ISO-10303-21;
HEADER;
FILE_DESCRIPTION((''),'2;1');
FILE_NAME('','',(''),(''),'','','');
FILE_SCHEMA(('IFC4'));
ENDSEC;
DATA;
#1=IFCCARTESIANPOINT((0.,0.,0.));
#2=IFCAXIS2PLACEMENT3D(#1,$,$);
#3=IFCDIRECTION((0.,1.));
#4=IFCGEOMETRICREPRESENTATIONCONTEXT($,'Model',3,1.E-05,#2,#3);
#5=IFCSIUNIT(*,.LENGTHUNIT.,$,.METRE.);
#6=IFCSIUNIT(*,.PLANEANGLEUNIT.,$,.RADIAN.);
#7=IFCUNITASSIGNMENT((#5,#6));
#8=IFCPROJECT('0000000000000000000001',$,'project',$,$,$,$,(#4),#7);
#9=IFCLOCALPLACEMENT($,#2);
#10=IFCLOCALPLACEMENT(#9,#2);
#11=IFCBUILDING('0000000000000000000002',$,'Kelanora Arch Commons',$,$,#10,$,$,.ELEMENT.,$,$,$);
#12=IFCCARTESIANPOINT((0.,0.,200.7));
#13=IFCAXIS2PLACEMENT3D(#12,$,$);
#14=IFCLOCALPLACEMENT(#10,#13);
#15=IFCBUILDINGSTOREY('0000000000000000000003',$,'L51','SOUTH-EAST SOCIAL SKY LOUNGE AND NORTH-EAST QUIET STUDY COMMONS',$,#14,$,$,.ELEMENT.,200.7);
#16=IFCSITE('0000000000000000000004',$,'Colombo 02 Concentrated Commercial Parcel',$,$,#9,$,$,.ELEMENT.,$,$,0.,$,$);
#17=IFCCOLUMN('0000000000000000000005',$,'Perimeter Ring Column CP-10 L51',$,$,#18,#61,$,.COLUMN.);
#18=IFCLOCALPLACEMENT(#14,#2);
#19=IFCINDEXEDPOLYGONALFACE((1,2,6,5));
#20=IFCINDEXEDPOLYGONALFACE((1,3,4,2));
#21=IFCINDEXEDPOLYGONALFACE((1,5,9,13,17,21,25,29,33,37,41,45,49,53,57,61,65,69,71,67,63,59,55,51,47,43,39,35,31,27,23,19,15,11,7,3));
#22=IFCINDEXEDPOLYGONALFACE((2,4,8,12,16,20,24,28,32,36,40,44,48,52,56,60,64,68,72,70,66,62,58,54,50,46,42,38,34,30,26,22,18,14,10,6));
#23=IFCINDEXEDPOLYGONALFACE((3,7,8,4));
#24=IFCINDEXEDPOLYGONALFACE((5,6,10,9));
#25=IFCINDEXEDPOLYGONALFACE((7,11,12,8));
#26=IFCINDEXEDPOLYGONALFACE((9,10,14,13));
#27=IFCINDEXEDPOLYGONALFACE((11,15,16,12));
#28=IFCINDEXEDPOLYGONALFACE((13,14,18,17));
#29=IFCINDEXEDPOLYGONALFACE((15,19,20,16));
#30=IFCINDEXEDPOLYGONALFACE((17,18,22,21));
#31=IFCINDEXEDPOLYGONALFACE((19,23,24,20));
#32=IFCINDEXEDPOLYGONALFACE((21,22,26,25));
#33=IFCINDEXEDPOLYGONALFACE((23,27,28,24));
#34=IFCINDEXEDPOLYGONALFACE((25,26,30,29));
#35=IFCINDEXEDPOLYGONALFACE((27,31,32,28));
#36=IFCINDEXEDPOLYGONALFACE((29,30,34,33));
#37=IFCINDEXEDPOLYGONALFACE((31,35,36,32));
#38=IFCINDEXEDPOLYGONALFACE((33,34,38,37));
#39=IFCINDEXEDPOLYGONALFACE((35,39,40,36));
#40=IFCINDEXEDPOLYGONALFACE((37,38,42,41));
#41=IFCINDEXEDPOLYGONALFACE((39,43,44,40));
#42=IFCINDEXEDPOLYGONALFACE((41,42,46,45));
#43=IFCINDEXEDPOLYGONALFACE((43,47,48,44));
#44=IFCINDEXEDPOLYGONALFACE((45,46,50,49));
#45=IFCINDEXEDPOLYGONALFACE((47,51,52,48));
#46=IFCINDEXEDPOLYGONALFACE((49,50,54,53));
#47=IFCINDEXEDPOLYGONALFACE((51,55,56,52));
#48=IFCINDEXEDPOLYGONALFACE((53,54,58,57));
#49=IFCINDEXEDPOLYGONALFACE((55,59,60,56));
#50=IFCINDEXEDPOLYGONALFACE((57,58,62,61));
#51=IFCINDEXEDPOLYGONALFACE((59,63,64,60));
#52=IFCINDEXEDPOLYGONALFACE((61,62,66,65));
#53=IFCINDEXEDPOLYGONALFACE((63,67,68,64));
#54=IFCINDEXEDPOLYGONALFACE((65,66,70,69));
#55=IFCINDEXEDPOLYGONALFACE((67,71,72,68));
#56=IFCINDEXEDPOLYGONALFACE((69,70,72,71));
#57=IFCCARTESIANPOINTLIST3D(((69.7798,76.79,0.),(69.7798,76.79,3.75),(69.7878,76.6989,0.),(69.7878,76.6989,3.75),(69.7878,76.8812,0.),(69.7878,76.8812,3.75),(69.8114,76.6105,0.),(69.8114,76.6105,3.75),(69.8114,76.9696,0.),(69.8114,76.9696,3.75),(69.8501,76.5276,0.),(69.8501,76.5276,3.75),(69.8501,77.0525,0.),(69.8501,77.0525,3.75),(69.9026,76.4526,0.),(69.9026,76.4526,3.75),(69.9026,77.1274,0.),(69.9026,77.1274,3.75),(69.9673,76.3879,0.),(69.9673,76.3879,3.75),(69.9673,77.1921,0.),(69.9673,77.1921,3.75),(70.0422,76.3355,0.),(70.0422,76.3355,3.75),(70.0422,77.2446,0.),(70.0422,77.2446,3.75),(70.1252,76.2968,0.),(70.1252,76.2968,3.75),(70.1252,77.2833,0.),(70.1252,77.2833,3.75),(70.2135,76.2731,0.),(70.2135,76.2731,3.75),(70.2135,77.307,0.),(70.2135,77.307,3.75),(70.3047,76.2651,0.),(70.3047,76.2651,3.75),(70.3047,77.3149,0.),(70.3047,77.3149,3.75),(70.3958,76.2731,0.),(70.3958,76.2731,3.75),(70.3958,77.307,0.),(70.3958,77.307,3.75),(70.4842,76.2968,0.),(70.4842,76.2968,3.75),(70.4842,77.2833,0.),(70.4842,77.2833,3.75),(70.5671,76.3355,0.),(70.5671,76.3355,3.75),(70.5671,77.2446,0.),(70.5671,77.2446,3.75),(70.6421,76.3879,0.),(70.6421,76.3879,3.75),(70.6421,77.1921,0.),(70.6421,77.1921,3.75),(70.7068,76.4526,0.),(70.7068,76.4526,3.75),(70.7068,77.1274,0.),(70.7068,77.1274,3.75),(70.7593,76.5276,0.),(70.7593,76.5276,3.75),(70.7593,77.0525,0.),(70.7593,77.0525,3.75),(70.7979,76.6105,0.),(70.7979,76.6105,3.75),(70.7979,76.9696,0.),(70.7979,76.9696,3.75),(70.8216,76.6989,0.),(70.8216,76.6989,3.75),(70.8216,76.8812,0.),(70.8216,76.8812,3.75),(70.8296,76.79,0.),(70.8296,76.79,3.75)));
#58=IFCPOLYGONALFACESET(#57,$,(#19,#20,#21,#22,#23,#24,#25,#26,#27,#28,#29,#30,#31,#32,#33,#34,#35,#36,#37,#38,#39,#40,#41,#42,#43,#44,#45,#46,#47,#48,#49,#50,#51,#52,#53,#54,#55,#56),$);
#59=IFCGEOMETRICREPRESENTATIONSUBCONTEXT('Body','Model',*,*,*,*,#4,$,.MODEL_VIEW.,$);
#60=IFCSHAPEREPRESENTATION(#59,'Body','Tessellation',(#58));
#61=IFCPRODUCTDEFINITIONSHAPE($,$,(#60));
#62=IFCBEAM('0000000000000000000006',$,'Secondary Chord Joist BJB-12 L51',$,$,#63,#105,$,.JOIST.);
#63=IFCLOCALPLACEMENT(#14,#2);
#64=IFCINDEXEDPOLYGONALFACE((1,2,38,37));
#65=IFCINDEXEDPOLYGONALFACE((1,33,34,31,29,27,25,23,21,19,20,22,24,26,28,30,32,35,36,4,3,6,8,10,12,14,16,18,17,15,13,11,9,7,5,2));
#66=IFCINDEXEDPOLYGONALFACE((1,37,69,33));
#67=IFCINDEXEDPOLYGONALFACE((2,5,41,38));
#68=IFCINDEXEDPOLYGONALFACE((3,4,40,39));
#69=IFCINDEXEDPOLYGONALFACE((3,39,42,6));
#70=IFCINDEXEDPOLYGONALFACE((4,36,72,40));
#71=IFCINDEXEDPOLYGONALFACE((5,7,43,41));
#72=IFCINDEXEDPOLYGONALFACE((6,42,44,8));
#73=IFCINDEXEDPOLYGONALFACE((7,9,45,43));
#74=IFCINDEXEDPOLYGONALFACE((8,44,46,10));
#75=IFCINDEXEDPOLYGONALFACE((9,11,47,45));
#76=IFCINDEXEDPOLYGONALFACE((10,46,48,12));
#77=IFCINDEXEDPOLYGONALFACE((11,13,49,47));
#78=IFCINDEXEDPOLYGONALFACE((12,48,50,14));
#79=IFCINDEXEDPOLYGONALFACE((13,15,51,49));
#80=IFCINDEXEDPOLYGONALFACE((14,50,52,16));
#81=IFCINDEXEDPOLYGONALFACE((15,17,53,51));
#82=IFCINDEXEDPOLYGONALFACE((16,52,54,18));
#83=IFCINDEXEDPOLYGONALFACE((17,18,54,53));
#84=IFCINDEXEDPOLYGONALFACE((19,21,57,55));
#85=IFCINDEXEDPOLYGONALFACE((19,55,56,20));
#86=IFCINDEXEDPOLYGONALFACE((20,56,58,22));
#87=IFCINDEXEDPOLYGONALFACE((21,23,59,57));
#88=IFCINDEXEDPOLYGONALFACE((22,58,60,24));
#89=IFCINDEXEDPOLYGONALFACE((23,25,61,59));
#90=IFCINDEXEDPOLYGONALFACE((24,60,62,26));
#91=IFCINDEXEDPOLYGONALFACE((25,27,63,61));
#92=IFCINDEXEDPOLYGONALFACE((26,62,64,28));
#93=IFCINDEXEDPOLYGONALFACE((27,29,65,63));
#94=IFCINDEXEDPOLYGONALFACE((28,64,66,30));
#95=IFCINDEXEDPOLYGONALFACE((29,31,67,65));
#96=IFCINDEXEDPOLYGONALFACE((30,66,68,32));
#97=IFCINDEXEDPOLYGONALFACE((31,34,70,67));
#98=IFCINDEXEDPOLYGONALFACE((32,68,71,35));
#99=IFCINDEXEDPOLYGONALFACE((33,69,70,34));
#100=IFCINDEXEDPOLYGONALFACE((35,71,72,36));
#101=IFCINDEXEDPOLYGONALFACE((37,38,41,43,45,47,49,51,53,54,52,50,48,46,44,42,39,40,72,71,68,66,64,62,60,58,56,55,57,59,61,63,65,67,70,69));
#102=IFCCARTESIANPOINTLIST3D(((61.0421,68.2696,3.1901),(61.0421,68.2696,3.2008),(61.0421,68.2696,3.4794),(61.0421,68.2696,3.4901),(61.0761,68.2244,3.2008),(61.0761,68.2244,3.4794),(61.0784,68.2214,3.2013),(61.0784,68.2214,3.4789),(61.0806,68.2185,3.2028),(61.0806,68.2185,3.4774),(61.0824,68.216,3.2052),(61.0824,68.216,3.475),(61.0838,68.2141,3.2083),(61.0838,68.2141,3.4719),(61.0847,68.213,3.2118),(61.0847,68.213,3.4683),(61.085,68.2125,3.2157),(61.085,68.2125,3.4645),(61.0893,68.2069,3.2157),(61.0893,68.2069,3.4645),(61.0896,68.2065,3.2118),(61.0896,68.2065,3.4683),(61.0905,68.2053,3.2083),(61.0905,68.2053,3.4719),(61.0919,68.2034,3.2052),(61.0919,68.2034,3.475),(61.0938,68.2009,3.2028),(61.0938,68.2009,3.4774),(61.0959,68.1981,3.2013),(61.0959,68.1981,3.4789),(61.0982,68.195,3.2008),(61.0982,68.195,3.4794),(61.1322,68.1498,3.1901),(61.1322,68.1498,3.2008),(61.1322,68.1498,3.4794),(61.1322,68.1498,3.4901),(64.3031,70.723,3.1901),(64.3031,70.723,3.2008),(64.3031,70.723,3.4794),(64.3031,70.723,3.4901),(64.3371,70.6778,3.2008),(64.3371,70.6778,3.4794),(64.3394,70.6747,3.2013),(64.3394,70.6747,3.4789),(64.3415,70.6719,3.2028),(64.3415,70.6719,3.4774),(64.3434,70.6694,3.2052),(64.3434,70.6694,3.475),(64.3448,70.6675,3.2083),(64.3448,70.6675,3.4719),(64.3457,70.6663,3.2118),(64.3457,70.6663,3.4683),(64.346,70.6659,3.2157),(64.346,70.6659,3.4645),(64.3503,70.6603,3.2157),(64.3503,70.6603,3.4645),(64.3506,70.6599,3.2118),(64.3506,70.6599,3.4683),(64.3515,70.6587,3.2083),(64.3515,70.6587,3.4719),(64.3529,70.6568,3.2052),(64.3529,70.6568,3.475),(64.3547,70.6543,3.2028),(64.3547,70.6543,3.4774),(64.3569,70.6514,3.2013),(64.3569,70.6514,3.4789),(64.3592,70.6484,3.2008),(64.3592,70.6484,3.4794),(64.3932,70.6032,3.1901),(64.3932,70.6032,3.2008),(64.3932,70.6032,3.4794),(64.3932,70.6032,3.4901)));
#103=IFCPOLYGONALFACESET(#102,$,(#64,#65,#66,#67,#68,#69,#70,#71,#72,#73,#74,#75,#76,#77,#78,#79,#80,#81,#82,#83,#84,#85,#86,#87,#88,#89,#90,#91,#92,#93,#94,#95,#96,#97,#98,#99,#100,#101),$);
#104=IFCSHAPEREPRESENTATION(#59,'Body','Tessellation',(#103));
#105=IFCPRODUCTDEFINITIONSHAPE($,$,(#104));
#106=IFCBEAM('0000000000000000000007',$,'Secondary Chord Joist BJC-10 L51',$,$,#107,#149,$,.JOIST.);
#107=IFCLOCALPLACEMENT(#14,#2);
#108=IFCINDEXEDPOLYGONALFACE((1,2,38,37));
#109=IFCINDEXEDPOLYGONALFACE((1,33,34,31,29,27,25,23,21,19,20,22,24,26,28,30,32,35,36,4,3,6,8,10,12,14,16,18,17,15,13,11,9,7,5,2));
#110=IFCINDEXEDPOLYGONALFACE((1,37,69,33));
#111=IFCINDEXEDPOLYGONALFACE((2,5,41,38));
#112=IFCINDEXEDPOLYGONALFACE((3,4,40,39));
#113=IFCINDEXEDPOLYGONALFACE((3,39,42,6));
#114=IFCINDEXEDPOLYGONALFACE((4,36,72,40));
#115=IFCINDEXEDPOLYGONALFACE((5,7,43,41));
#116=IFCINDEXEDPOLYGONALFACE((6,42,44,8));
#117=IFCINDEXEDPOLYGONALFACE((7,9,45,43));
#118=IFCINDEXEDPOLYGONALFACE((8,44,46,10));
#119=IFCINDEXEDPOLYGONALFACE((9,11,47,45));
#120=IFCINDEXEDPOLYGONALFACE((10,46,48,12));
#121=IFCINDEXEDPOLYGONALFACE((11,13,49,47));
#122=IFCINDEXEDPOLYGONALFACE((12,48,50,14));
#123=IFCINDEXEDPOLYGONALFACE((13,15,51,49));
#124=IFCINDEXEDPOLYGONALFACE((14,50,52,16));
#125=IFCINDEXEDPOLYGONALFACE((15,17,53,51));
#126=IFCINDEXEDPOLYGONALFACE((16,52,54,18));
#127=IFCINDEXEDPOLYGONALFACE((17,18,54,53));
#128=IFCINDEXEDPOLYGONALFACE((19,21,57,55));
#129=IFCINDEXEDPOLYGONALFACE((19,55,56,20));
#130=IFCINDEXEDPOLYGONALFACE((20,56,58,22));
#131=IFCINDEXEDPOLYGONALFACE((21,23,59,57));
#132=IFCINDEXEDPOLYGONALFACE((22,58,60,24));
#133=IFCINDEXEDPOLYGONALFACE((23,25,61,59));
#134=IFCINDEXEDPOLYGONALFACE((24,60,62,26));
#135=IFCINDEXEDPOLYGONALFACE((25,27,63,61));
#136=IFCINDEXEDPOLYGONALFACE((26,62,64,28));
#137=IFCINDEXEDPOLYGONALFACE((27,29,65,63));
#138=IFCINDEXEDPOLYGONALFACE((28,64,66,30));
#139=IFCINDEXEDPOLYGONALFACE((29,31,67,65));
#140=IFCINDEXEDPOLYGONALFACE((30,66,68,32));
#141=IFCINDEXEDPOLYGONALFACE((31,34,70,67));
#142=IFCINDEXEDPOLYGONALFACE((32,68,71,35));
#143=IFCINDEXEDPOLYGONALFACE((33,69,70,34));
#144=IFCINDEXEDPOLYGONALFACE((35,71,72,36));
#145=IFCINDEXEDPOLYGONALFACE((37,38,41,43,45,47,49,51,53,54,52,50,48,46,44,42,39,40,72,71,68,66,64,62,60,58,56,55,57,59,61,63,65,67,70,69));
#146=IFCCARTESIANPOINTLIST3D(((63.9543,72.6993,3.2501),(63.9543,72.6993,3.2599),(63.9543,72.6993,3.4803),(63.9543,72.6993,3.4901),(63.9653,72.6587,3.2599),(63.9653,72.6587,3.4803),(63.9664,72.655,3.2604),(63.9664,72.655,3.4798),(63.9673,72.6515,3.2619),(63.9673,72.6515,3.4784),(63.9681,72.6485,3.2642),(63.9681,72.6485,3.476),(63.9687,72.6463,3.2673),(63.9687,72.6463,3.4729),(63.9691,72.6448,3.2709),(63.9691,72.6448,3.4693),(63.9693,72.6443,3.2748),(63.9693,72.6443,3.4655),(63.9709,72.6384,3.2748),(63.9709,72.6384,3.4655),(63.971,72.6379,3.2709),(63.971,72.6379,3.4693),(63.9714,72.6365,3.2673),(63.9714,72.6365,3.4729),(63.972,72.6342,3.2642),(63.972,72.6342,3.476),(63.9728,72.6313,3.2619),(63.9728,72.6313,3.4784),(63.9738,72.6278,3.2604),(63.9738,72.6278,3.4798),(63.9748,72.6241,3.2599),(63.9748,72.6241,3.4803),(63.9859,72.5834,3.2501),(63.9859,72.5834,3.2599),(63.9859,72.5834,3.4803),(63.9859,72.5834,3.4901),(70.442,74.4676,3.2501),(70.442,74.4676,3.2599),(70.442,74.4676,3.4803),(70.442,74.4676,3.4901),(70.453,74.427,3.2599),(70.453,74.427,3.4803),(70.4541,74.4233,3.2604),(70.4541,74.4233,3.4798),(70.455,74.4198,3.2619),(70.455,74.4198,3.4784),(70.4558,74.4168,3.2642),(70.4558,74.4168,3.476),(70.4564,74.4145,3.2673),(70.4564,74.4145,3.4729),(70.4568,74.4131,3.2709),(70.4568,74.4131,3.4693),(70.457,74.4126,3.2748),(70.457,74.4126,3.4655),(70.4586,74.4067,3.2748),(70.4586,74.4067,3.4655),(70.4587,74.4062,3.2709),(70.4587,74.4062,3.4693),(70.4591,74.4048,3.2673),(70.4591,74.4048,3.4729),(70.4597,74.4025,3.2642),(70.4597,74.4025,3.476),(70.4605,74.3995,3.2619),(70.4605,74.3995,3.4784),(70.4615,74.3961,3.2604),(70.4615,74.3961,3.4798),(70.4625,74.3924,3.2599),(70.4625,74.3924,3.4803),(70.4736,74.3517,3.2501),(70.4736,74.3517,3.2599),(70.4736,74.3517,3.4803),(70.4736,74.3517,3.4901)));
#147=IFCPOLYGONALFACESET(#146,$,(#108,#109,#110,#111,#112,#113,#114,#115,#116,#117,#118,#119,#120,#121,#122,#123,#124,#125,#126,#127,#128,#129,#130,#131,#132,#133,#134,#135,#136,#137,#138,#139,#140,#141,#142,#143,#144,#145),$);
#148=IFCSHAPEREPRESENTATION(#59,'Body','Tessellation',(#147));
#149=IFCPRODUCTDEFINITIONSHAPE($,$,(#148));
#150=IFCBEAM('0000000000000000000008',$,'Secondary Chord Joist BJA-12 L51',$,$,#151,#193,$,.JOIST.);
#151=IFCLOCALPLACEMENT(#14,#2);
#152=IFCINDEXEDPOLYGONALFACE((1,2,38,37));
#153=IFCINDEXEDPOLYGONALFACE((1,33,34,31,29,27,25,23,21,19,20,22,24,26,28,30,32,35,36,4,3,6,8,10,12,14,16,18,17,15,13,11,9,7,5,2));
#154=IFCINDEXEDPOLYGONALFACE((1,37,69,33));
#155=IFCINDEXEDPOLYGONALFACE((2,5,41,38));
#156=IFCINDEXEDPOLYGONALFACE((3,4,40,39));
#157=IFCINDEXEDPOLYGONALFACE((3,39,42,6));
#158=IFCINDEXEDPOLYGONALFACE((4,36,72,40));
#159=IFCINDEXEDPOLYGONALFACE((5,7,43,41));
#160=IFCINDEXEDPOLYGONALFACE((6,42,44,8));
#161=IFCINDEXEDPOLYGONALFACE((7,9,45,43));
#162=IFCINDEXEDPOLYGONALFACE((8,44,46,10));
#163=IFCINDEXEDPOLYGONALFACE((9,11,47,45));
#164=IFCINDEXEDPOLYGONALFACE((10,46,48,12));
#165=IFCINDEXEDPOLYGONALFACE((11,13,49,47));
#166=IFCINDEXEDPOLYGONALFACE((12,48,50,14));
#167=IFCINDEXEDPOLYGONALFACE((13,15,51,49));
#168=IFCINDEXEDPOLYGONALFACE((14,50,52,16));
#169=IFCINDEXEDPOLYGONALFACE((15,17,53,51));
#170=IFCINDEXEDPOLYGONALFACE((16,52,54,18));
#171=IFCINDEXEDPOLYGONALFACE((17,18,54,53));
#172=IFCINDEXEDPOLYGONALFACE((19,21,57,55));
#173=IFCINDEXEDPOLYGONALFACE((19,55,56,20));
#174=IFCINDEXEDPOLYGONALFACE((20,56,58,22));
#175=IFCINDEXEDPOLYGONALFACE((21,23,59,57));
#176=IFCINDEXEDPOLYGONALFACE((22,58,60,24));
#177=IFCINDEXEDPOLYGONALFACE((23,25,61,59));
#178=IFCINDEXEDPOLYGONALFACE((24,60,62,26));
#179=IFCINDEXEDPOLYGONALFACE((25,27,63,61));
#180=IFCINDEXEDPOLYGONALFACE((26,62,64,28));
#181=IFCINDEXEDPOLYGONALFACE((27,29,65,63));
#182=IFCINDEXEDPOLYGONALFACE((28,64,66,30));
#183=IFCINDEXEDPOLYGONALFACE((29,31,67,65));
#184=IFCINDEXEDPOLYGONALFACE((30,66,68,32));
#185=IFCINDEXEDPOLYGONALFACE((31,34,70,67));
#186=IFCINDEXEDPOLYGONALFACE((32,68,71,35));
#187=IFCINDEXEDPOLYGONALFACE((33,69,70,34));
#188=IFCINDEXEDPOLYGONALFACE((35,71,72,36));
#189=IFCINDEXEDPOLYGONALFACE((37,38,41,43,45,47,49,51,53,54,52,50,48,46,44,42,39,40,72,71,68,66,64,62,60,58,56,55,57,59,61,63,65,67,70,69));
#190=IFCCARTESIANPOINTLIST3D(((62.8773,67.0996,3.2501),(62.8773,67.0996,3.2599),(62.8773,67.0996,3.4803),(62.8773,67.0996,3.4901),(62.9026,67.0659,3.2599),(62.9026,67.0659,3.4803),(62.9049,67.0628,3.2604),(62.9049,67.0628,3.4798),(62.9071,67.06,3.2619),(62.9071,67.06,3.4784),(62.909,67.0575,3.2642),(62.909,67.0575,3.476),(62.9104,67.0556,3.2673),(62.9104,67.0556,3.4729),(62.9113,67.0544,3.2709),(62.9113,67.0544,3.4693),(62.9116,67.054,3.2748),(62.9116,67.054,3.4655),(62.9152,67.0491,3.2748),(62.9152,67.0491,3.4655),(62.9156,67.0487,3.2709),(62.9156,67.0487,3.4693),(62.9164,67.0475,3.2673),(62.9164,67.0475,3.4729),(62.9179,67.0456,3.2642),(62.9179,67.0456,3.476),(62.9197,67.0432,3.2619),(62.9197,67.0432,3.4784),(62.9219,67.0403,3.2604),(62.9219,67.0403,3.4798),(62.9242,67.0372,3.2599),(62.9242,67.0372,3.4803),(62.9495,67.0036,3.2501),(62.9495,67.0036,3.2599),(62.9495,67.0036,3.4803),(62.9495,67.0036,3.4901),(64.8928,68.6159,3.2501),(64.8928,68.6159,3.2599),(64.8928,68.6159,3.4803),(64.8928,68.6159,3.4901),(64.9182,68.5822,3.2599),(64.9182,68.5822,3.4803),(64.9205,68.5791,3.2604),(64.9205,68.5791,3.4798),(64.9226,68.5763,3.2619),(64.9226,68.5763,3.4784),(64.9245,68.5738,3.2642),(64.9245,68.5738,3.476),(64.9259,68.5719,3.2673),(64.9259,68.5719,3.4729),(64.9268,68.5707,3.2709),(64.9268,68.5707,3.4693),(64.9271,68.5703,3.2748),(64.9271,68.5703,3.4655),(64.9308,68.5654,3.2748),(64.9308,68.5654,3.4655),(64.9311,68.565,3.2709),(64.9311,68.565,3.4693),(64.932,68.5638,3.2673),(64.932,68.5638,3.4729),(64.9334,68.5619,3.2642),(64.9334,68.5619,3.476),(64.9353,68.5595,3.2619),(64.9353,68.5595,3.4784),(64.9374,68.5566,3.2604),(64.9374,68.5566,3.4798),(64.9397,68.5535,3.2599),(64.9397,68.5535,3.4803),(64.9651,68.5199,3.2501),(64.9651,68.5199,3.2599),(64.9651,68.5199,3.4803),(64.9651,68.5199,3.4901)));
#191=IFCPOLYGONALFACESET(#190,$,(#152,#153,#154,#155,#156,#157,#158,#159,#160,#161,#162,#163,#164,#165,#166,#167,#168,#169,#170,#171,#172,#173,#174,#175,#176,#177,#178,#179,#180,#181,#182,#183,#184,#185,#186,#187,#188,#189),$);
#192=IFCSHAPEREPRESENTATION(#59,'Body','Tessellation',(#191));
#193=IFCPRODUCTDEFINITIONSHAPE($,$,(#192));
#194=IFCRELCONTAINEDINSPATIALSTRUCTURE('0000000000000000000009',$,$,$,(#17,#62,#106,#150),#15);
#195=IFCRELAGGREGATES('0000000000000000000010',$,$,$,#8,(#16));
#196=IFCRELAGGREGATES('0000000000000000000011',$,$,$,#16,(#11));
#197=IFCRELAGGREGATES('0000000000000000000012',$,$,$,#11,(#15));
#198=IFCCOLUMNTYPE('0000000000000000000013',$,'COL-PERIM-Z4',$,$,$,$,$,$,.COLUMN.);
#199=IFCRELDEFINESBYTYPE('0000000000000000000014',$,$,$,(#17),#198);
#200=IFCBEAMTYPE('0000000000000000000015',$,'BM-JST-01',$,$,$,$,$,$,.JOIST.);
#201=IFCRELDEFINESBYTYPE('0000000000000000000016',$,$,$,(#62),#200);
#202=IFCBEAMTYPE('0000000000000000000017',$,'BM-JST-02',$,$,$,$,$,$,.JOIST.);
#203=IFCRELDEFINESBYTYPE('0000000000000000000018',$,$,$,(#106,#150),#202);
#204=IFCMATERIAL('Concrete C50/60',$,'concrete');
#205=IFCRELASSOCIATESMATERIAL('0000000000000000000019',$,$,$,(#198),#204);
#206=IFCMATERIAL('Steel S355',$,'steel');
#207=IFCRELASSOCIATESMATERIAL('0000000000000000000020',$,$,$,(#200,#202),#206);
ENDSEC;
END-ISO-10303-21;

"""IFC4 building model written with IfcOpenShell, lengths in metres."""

from ifc_helpers import new_model, si_unit, direction, frame, origin, origin_2d, place, context, subcontext, project, spatial, circle, i_section, extrude, material, material_profile, profile_set, type_object, element, save


model = new_model("IFC4")

# Units and contexts
model_context = context("Model", 3, precision=1e-05, world=origin(), true_north=direction((0.0, 1.0)))
body_context = subcontext(model_context, "Body", "Model", "MODEL_VIEW")
ifc_project = project(units=[si_unit("LENGTHUNIT", "METRE"), si_unit("PLANEANGLEUNIT", "RADIAN")], contexts=[model_context])

# Site, building, storey
site_placement = place(None, origin())
site = spatial("IfcSite", under=ifc_project, at=site_placement, Name="Colombo 02 Concentrated Commercial Parcel", CompositionType="ELEMENT", RefElevation=0.0)
building_placement = place(site_placement, origin())
building = spatial("IfcBuilding", under=site, at=building_placement, Name="Kelanora Arch Commons", CompositionType="ELEMENT")
storey_placement = place(building_placement, frame((0.0, 0.0, 200.7)))
storey = spatial("IfcBuildingStorey", under=building, at=storey_placement, Name="L51", Description="SOUTH-EAST SOCIAL SKY LOUNGE AND NORTH-EAST QUIET STUDY COMMONS", CompositionType="ELEMENT", Elevation=200.7)

# Column
ifc_material_1 = material(Name="Concrete C50/60", Category="concrete")
ifc_material_profile_1 = material_profile(ifc_material_1, circle(Radius=0.5249, at=origin_2d()), Name="RCC1050")
ifc_profile_set_1 = profile_set([ifc_material_profile_1], Name="Concrete C50/60")
column_type = type_object("IfcColumnType", Name="COL-PERIM-Z4", PredefinedType="COLUMN", material=ifc_profile_set_1)
column_placement = place(storey_placement, frame((70.3047, 76.79, 0.0), z_axis=(0.0, 0.0, 1.0), x_axis=(1.0, 0.0, 0.0)))
element("IfcColumn", 1, at=column_placement, inside=storey, type_object=column_type, Name="Perimeter Ring Column CP-10 L51", PredefinedType="COLUMN", context=body_context, shape_type="SweptSolid", body=[
    extrude(circle(Radius=0.5249, at=origin_2d()), origin(), (0.0, 0.0, 1.0), 3.75),
])

# Beams
ifc_material_2 = material(Name="Steel S355", Category="steel")
ifc_material_profile_2 = material_profile(ifc_material_2, i_section(OverallWidth=0.1499, OverallDepth=0.3, WebThickness=0.0071, FlangeThickness=0.0107, FilletRadius=0.0149, at=origin_2d()), Name="IPE300")
ifc_profile_set_2 = profile_set([ifc_material_profile_2], Name="Steel S355")
beam_type_1 = type_object("IfcBeamType", Name="BM-JST-01", PredefinedType="JOIST", material=ifc_profile_set_2)
beam_1_placement = place(storey_placement, frame((64.3481, 70.6631, 3.3401), z_axis=(-0.799102, -0.601196, 0.0), x_axis=(0.601196, -0.799102, 0.0)))
element("IfcBeam", 2, at=beam_1_placement, inside=storey, type_object=beam_type_1, Name="Secondary Chord Joist BJB-12 L51", PredefinedType="JOIST", context=body_context, shape_type="SweptSolid", body=[
    extrude(i_section(OverallWidth=0.1499, OverallDepth=0.3, WebThickness=0.0071, FlangeThickness=0.0107, FilletRadius=0.0149, at=origin_2d()), origin(), (0.0, 0.0, 1.0), 4.0808),
])
ifc_material_profile_3 = material_profile(ifc_material_2, i_section(OverallWidth=0.1201, OverallDepth=0.24, WebThickness=0.0061, FlangeThickness=0.0098, FilletRadius=0.0149, at=origin_2d()), Name="IPE240")
ifc_profile_set_3 = profile_set([ifc_material_profile_3], Name="Steel S355")
beam_type_2 = type_object("IfcBeamType", Name="BM-JST-02", PredefinedType="JOIST", material=ifc_profile_set_3)
beam_2_placement = place(storey_placement, frame((70.4578, 74.4097, 3.3701), z_axis=(-0.964805, -0.262967, 0.0), x_axis=(0.262967, -0.964805, 0.0)))
element("IfcBeam", 3, at=beam_2_placement, inside=storey, type_object=beam_type_2, Name="Secondary Chord Joist BJC-10 L51", PredefinedType="JOIST", context=body_context, shape_type="SweptSolid", body=[
    extrude(i_section(OverallWidth=0.1201, OverallDepth=0.24, WebThickness=0.0061, FlangeThickness=0.0098, FilletRadius=0.0149, at=origin_2d()), origin(), (0.0, 0.0, 1.0), 6.7244),
])
beam_3_placement = place(storey_placement, frame((64.929, 68.5679, 3.3701), z_axis=(-0.799116, -0.601176, 0.0), x_axis=(0.601176, -0.799116, 0.0)))
element("IfcBeam", 4, at=beam_3_placement, inside=storey, type_object=beam_type_2, Name="Secondary Chord Joist BJA-12 L51", PredefinedType="JOIST", context=body_context, shape_type="SweptSolid", body=[
    extrude(i_section(OverallWidth=0.1201, OverallDepth=0.24, WebThickness=0.0061, FlangeThickness=0.0098, FilletRadius=0.0149, at=origin_2d()), origin(), (0.0, 0.0, 1.0), 2.5222),
])

save(model, "model.ifc")
